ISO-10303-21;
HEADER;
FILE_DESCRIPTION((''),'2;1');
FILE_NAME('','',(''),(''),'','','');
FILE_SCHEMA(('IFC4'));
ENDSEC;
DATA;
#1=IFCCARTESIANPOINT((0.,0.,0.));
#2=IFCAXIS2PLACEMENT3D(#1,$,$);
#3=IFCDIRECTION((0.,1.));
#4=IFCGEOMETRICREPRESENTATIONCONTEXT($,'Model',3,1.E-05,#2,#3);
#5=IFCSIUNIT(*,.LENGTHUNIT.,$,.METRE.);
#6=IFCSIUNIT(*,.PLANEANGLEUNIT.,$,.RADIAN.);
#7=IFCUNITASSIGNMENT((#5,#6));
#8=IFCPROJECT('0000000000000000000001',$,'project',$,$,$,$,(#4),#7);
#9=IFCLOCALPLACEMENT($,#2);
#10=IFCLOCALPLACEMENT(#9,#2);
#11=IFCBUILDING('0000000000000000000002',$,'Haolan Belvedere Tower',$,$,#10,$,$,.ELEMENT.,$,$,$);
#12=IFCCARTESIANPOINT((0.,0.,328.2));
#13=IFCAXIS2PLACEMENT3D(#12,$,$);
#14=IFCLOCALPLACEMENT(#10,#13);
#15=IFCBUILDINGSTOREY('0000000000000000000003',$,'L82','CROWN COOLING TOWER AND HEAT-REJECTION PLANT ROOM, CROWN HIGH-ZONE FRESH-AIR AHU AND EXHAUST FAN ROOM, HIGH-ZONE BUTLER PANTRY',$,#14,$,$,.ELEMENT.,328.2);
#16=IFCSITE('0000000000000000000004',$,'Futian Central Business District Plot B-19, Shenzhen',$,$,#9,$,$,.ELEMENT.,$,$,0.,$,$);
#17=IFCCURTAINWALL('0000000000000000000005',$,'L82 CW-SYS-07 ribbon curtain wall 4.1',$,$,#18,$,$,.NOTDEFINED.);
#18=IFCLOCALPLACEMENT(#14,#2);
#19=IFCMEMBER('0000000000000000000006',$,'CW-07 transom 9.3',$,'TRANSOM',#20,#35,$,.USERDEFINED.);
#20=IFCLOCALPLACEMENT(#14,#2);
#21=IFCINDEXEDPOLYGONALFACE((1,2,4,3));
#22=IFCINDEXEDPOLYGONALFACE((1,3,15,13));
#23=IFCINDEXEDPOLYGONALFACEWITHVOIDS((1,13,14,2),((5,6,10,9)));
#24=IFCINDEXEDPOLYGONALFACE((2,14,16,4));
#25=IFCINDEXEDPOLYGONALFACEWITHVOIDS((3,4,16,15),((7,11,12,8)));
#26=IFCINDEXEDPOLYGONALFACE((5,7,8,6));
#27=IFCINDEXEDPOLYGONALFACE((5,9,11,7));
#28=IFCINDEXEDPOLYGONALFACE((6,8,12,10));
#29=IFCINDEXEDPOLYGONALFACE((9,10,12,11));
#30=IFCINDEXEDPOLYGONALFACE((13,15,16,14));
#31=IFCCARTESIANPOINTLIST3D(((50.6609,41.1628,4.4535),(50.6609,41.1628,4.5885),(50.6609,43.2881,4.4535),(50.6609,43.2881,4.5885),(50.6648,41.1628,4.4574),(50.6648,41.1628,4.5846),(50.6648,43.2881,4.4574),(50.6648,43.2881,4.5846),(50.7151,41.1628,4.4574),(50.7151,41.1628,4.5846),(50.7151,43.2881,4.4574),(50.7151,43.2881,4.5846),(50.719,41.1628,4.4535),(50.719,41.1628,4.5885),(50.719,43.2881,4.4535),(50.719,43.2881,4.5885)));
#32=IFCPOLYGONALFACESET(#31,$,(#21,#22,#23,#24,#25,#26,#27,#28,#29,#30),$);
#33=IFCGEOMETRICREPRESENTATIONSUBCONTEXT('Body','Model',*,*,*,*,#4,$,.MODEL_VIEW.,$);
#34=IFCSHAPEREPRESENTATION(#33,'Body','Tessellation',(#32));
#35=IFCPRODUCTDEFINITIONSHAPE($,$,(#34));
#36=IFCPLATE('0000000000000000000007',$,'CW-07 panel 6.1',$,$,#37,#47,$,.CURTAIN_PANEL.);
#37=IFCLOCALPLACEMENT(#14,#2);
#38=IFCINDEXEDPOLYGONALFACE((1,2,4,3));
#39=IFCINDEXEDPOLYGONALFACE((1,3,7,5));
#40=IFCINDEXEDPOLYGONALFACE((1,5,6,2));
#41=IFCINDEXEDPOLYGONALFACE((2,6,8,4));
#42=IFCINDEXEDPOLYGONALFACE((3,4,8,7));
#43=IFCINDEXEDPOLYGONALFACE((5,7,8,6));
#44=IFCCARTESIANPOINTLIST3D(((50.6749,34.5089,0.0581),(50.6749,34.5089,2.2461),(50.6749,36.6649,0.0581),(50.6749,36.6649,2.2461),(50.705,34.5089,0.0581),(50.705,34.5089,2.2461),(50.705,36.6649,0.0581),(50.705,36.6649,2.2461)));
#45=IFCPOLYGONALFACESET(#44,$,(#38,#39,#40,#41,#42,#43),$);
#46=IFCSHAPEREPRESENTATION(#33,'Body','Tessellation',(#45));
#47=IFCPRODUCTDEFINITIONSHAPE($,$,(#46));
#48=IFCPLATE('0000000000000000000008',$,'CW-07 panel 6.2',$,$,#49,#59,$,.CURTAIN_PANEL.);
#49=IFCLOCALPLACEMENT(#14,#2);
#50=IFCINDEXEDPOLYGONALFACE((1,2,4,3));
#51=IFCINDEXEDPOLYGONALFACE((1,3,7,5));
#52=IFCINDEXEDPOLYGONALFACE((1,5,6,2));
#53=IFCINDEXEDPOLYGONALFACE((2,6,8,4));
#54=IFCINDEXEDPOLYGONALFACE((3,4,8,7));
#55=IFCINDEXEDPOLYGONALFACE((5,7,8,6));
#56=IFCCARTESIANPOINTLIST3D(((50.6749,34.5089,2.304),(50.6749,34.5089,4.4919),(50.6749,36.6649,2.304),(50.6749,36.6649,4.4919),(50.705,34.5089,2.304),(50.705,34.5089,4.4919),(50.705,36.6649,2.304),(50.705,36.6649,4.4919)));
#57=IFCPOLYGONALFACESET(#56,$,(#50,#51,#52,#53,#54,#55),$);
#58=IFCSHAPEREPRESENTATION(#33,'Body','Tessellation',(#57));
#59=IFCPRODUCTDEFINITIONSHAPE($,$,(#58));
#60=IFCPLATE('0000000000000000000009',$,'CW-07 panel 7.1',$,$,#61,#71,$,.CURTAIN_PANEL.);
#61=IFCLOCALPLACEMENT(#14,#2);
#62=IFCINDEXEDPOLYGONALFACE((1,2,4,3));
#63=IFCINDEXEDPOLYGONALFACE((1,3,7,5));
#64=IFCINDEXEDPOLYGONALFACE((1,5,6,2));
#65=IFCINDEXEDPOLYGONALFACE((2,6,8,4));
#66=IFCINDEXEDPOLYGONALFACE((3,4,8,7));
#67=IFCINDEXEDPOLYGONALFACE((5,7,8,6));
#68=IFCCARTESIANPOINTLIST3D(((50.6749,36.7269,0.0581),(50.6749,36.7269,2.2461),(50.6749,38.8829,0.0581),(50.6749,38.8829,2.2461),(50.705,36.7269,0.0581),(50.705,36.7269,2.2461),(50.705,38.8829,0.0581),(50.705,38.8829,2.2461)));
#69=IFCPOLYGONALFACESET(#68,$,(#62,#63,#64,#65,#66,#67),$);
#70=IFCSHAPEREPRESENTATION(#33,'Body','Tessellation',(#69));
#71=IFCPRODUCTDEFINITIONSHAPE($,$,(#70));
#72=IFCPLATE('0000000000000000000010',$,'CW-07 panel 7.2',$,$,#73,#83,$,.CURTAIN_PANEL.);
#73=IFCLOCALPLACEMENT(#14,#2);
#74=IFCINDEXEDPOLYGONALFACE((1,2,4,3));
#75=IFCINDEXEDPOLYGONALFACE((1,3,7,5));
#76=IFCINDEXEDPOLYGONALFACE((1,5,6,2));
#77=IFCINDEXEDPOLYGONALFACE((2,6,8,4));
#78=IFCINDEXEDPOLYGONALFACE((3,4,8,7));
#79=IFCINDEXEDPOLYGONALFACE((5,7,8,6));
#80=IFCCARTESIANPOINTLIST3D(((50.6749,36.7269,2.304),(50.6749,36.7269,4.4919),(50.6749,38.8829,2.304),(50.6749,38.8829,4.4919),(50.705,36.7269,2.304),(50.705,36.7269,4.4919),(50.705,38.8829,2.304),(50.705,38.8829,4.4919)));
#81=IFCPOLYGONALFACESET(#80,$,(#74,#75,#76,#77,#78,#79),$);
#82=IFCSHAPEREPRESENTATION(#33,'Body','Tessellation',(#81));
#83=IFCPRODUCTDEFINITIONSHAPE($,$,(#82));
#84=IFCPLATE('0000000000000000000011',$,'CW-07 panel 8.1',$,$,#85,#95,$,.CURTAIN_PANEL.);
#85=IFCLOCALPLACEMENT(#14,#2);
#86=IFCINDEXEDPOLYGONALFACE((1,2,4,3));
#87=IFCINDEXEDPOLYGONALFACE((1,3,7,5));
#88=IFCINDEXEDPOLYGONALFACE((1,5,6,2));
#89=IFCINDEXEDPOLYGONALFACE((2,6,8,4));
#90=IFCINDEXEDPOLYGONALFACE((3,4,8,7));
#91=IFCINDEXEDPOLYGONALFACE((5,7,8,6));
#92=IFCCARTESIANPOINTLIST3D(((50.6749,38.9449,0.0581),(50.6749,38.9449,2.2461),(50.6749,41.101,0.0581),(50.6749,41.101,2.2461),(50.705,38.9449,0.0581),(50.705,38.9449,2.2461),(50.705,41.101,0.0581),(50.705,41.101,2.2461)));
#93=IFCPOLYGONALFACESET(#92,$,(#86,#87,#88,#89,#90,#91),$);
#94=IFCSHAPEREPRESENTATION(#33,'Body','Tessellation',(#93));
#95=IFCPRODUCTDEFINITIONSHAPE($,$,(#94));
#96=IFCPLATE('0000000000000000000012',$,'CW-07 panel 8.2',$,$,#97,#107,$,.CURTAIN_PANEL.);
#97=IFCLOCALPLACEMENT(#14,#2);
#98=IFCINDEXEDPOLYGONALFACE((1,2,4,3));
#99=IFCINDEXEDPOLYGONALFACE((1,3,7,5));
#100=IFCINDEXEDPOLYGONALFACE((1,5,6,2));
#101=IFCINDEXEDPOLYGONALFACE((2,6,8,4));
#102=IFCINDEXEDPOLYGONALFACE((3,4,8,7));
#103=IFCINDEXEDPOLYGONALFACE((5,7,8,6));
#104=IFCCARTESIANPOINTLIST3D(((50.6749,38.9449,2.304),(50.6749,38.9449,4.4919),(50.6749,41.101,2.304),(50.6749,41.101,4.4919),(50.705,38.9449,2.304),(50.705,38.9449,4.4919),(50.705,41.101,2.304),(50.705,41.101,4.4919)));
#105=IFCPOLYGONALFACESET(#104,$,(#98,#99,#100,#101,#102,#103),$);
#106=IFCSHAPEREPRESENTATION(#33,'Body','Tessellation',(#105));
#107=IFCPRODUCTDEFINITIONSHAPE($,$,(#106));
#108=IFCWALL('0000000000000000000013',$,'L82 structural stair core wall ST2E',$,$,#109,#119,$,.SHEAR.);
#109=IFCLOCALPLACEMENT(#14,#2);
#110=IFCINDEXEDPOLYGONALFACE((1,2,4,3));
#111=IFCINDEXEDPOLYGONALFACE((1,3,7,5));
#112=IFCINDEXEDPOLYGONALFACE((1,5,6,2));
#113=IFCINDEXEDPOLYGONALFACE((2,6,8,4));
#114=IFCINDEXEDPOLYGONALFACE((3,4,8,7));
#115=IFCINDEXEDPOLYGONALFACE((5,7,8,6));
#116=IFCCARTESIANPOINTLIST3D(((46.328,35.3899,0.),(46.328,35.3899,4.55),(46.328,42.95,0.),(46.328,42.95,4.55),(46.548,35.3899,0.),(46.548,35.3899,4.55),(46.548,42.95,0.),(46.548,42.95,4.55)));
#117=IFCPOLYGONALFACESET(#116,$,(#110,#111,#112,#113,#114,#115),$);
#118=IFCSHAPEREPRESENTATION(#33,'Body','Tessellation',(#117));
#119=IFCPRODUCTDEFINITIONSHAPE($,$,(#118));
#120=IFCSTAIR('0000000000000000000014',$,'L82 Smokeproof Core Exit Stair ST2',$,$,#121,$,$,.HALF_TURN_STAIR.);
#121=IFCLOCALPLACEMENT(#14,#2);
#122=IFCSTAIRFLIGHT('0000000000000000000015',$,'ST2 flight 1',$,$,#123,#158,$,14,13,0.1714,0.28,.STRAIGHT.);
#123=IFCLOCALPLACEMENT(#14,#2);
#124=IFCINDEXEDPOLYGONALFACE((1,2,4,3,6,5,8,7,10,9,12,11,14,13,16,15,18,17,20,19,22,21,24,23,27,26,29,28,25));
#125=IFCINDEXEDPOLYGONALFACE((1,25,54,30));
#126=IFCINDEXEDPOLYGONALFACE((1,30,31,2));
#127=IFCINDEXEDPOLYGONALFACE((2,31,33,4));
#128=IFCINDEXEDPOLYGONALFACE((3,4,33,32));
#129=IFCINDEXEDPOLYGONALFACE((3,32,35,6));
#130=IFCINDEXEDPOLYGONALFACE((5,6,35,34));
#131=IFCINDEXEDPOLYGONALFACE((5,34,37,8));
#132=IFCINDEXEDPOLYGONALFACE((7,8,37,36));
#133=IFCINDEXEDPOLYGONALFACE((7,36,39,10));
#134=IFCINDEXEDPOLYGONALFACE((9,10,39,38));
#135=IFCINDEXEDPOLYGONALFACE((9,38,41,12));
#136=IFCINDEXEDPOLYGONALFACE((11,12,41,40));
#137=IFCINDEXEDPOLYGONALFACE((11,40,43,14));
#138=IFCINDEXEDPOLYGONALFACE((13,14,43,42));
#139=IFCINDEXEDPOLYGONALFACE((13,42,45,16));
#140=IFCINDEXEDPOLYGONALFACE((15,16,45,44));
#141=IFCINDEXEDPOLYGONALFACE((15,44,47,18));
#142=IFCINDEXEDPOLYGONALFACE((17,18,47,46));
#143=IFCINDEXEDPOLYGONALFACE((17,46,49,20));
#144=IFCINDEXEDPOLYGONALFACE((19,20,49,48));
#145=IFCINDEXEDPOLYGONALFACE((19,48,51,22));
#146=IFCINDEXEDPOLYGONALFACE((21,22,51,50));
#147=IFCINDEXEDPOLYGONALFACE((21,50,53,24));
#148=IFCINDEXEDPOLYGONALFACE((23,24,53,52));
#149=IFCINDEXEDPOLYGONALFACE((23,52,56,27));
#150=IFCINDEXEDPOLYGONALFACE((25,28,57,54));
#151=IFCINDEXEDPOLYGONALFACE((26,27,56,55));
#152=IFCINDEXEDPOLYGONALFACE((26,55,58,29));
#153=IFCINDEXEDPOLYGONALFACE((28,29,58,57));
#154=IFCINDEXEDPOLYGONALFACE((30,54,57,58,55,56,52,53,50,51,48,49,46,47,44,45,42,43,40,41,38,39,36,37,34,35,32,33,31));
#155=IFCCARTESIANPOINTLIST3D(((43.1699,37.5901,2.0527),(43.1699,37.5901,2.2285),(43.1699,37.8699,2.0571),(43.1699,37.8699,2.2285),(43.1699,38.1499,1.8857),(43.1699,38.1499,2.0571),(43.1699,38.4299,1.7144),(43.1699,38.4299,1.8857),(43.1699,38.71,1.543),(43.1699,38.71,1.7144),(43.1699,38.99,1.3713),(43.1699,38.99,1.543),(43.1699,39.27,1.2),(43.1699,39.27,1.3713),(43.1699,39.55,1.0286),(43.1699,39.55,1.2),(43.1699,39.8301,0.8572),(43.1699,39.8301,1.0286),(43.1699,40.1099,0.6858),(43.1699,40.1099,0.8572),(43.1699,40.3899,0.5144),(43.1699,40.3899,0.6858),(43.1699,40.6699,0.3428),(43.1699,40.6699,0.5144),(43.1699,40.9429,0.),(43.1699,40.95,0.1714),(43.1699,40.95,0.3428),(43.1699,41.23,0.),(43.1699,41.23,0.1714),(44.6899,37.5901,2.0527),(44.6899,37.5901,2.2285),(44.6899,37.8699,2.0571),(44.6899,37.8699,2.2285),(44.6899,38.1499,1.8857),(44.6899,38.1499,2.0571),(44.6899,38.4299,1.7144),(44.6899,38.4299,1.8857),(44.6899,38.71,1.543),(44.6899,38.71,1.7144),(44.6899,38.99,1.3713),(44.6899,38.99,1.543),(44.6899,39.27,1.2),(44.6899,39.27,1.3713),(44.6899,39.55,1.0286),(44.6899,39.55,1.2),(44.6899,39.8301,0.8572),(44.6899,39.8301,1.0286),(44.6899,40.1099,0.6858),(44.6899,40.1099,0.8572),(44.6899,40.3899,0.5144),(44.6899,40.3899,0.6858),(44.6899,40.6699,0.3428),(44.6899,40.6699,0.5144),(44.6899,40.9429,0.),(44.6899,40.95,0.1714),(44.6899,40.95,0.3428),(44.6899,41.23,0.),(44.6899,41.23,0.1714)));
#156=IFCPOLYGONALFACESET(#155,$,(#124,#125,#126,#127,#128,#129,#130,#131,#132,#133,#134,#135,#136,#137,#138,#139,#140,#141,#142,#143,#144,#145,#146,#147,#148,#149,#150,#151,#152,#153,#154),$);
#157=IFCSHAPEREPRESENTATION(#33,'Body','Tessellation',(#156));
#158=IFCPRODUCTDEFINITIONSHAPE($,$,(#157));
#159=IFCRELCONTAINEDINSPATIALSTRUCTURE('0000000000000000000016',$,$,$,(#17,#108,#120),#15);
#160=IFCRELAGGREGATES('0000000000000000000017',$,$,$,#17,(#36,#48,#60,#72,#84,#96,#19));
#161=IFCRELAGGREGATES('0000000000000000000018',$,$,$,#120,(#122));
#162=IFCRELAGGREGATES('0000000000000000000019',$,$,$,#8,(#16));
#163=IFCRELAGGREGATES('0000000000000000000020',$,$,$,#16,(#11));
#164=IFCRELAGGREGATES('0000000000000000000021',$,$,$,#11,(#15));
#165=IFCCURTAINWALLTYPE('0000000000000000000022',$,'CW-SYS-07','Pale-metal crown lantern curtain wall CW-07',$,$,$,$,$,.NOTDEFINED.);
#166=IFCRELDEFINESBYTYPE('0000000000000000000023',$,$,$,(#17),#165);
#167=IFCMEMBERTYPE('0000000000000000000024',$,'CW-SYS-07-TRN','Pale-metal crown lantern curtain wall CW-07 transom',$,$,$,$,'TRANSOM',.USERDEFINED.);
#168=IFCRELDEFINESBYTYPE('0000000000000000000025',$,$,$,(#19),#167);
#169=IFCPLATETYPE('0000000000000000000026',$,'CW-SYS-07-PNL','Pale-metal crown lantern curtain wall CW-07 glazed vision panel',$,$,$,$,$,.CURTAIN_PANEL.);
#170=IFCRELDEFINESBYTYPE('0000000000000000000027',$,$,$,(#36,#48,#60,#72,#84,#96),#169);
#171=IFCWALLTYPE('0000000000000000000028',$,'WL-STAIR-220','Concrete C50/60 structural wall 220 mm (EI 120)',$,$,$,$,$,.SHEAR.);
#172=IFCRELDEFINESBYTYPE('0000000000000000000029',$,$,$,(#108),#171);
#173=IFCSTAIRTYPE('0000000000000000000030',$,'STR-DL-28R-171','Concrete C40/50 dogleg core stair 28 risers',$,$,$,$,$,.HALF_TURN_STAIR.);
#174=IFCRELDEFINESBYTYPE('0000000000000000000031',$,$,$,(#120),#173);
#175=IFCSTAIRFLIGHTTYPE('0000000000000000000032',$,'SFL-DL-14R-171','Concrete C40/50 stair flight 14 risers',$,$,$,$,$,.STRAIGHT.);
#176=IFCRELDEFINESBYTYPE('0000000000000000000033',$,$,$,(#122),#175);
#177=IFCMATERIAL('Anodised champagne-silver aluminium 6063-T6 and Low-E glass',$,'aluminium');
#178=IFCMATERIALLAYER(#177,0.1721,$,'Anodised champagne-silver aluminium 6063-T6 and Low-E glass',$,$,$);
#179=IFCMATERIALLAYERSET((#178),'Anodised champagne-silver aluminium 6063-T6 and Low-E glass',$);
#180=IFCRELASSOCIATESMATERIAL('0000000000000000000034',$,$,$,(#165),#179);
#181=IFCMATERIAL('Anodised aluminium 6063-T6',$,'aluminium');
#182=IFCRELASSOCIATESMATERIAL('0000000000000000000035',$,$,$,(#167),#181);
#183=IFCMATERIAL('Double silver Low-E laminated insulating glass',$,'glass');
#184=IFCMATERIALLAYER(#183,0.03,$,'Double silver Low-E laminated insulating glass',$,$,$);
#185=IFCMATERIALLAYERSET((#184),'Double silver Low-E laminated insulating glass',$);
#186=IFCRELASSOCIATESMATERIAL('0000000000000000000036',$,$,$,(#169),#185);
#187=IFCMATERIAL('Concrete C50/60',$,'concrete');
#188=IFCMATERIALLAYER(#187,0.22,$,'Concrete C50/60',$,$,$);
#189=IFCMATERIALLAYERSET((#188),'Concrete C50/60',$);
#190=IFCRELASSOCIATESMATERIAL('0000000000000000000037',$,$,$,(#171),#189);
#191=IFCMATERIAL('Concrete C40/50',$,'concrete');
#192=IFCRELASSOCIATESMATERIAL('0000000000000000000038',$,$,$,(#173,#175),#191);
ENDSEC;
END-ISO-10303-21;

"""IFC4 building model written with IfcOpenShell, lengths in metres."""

from ifc_helpers import new_model, si_unit, direction, frame, frame_2d, origin, origin_2d, place, context, subcontext, project, spatial, polyline, rectangle, hollow_rectangle, outline, extrude, material, layer, layer_set, material_profile, profile_set, type_object, element, aggregate, save


model = new_model("IFC4")

# Units and contexts
model_context = context("Model", 3, precision=1e-05, world=origin(), true_north=direction((0.0, 1.0)))
body_context = subcontext(model_context, "Body", "Model", "MODEL_VIEW")
ifc_project = project(units=[si_unit("LENGTHUNIT", "METRE"), si_unit("PLANEANGLEUNIT", "RADIAN")], contexts=[model_context])

# Site, building, storey
site_placement = place(None, origin())
site = spatial("IfcSite", under=ifc_project, at=site_placement, Name="Futian Central Business District Plot B-19, Shenzhen", CompositionType="ELEMENT", RefElevation=0.0)
building_placement = place(site_placement, origin())
building = spatial("IfcBuilding", under=site, at=building_placement, Name="Haolan Belvedere Tower", CompositionType="ELEMENT")
storey_placement = place(building_placement, frame((0.0, 0.0, 328.2)))
storey = spatial("IfcBuildingStorey", under=building, at=storey_placement, Name="L82", Description="CROWN COOLING TOWER AND HEAT-REJECTION PLANT ROOM, CROWN HIGH-ZONE FRESH-AIR AHU AND EXHAUST FAN ROOM, HIGH-ZONE BUTLER PANTRY", CompositionType="ELEMENT", Elevation=328.2)

# Curtain wall, member, plates
ifc_material_1 = material(Name="Anodised champagne-silver aluminium 6063-T6 and Low-E glass", Category="aluminium")
ifc_layer_1 = layer(ifc_material_1, 0.1721, Name="Anodised champagne-silver aluminium 6063-T6 and Low-E glass")
ifc_layer_set_1 = layer_set([ifc_layer_1], Name="Anodised champagne-silver aluminium 6063-T6 and Low-E glass")
curtain_wall_type = type_object("IfcCurtainWallType", Name="CW-SYS-07", Description="Pale-metal crown lantern curtain wall CW-07", PredefinedType="NOTDEFINED", material=ifc_layer_set_1)
curtain_wall_placement = place(storey_placement, origin())
curtain_wall = element("IfcCurtainWall", 1, at=curtain_wall_placement, inside=storey, type_object=curtain_wall_type, Name="L82 CW-SYS-07 ribbon curtain wall 4.1", PredefinedType="NOTDEFINED")
ifc_material_2 = material(Name="Anodised aluminium 6063-T6", Category="aluminium")
ifc_material_profile_1 = material_profile(ifc_material_2, hollow_rectangle(XDim=0.0581, YDim=0.135, WallThickness=0.0039, at=origin_2d()), Name="Anodised aluminium 6063-T6")
ifc_profile_set_1 = profile_set([ifc_material_profile_1], Name="Anodised aluminium 6063-T6")
member_type_1 = type_object("IfcMemberType", Name="CW-SYS-07-TRN", Description="Pale-metal crown lantern curtain wall CW-07 transom", ElementType="TRANSOM", PredefinedType="USERDEFINED", material=ifc_profile_set_1)
member_1_placement = place(storey_placement, frame((50.6899, 41.1628, 4.521), z_axis=(0.0, 1.0, 0.0), x_axis=(-1.0, 0.0, 0.0)))
member_1 = element("IfcMember", 2, at=member_1_placement, type_object=member_type_1, Name="CW-07 transom 9.3", ObjectType="TRANSOM", PredefinedType="USERDEFINED", context=body_context, shape_type="SweptSolid", body=[
    extrude(hollow_rectangle(XDim=0.0581, YDim=0.135, WallThickness=0.0039, at=origin_2d()), origin(), (0.0, 0.0, 1.0), 2.1252),
])
ifc_material_3 = material(Name="Double silver Low-E laminated insulating glass", Category="glass")
ifc_layer_2 = layer(ifc_material_3, 0.03, Name="Double silver Low-E laminated insulating glass")
ifc_layer_set_2 = layer_set([ifc_layer_2], Name="Double silver Low-E laminated insulating glass")
plate_type = type_object("IfcPlateType", Name="CW-SYS-07-PNL", Description="Pale-metal crown lantern curtain wall CW-07 glazed vision panel", PredefinedType="CURTAIN_PANEL", material=ifc_layer_set_2)
plate_1_placement = place(storey_placement, frame((50.6899, 35.5869, 0.0581), z_axis=(0.0, 0.0, 1.0), x_axis=(0.0, 1.0, 0.0)))
plate_1 = element("IfcPlate", 3, at=plate_1_placement, type_object=plate_type, Name="CW-07 panel 6.1", PredefinedType="CURTAIN_PANEL", context=body_context, shape_type="SweptSolid", body=[
    extrude(rectangle(XDim=2.156, YDim=0.03, at=origin_2d()), origin(), (0.0, 0.0, 1.0), 2.188),
])
plate_2_placement = place(storey_placement, frame((50.6899, 35.5869, 2.304), z_axis=(0.0, 0.0, 1.0), x_axis=(0.0, 1.0, 0.0)))
plate_2 = element("IfcPlate", 4, at=plate_2_placement, type_object=plate_type, Name="CW-07 panel 6.2", PredefinedType="CURTAIN_PANEL", context=body_context, shape_type="SweptSolid", body=[
    extrude(rectangle(XDim=2.156, YDim=0.03, at=origin_2d()), origin(), (0.0, 0.0, 1.0), 2.188),
])
plate_3_placement = place(storey_placement, frame((50.6899, 37.8049, 0.0581), z_axis=(0.0, 0.0, 1.0), x_axis=(0.0, 1.0, 0.0)))
plate_3 = element("IfcPlate", 5, at=plate_3_placement, type_object=plate_type, Name="CW-07 panel 7.1", PredefinedType="CURTAIN_PANEL", context=body_context, shape_type="SweptSolid", body=[
    extrude(rectangle(XDim=2.156, YDim=0.03, at=origin_2d()), origin(), (0.0, 0.0, 1.0), 2.188),
])
plate_4_placement = place(storey_placement, frame((50.6899, 37.8049, 2.304), z_axis=(0.0, 0.0, 1.0), x_axis=(0.0, 1.0, 0.0)))
plate_4 = element("IfcPlate", 6, at=plate_4_placement, type_object=plate_type, Name="CW-07 panel 7.2", PredefinedType="CURTAIN_PANEL", context=body_context, shape_type="SweptSolid", body=[
    extrude(rectangle(XDim=2.156, YDim=0.03, at=origin_2d()), origin(), (0.0, 0.0, 1.0), 2.188),
])
plate_5_placement = place(storey_placement, frame((50.6899, 40.0229, 0.0581), z_axis=(0.0, 0.0, 1.0), x_axis=(0.0, 1.0, 0.0)))
plate_5 = element("IfcPlate", 7, at=plate_5_placement, type_object=plate_type, Name="CW-07 panel 8.1", PredefinedType="CURTAIN_PANEL", context=body_context, shape_type="SweptSolid", body=[
    extrude(rectangle(XDim=2.156, YDim=0.03, at=origin_2d()), origin(), (0.0, 0.0, 1.0), 2.188),
])
plate_6_placement = place(storey_placement, frame((50.6899, 40.0229, 2.304), z_axis=(0.0, 0.0, 1.0), x_axis=(0.0, 1.0, 0.0)))
plate_6 = element("IfcPlate", 8, at=plate_6_placement, type_object=plate_type, Name="CW-07 panel 8.2", PredefinedType="CURTAIN_PANEL", context=body_context, shape_type="SweptSolid", body=[
    extrude(rectangle(XDim=2.156, YDim=0.03, at=origin_2d()), origin(), (0.0, 0.0, 1.0), 2.188),
])
aggregate(curtain_wall, [plate_1, plate_2, plate_3, plate_4, plate_5, plate_6, member_1])

# Wall
ifc_material_4 = material(Name="Concrete C50/60", Category="concrete")
ifc_layer_3 = layer(ifc_material_4, 0.22, Name="Concrete C50/60")
ifc_layer_set_3 = layer_set([ifc_layer_3], Name="Concrete C50/60")
wall_type = type_object("IfcWallType", Name="WL-STAIR-220", Description="Concrete C50/60 structural wall 220 mm (EI 120)", PredefinedType="SHEAR", material=ifc_layer_set_3)
wall_placement = place(storey_placement, frame((46.438, 35.3899, 0.0), z_axis=(0.0, 0.0, 1.0), x_axis=(0.0, 1.0, 0.0)))
element("IfcWall", 9, at=wall_placement, inside=storey, type_object=wall_type, Name="L82 structural stair core wall ST2E", PredefinedType="SHEAR", context=body_context, shape_type="SweptSolid", body=[
    extrude(rectangle(XDim=7.5601, YDim=0.22, at=frame_2d((3.78, 0.0))), origin(), (0.0, 0.0, 1.0), 4.55),
])

# Stair, stair flight
ifc_material_5 = material(Name="Concrete C40/50", Category="concrete")
stair_type = type_object("IfcStairType", Name="STR-DL-28R-171", Description="Concrete C40/50 dogleg core stair 28 risers", PredefinedType="HALF_TURN_STAIR", material=ifc_material_5)
stair_placement = place(storey_placement, origin())
stair = element("IfcStair", 10, at=stair_placement, inside=storey, type_object=stair_type, Name="L82 Smokeproof Core Exit Stair ST2", PredefinedType="HALF_TURN_STAIR")
stair_flight_type = type_object("IfcStairFlightType", Name="SFL-DL-14R-171", Description="Concrete C40/50 stair flight 14 risers", PredefinedType="STRAIGHT", material=ifc_material_5)
stair_flight_1_placement = place(storey_placement, frame((43.9299, 41.23, 0.0), z_axis=(0.0, 0.0, 1.0), x_axis=(0.0, -1.0, 0.0)))
stair_flight_1 = element("IfcStairFlight", 11, at=stair_flight_1_placement, type_object=stair_flight_type, Name="ST2 flight 1", NumberOfRisers=14, NumberOfTreads=13, PredefinedType="STRAIGHT", RiserHeight=0.1714, TreadLength=0.28, context=body_context, shape_type="SweptSolid", body=[
    extrude(outline(polyline([(0.0, 0.0), (0.0, 0.1714), (0.28, 0.1714), (0.28, 0.3428), (0.5601, 0.3428), (0.5601, 0.5144), (0.8401, 0.5144), (0.8401, 0.6858), (1.1201, 0.6858), (1.1201, 0.8572), (1.3999, 0.8572), (1.3999, 1.0286), (1.6799, 1.0286), (1.6799, 1.2), (1.96, 1.2), (1.96, 1.3713), (2.24, 1.3713), (2.24, 1.543), (2.52, 1.543), (2.52, 1.7144), (2.8, 1.7144), (2.8, 1.8857), (3.0801, 1.8857), (3.0801, 2.0571), (3.3601, 2.0571), (3.3601, 2.2285), (3.6399, 2.2285), (3.6399, 2.3999), (3.6399, 2.0527), (0.2871, 0.0), (0.0, 0.0)])), frame((0.0, 0.76, 0.0), z_axis=(0.0, -1.0, 0.0), x_axis=(1.0, 0.0, 0.0)), (0.0, 0.0, 1.0), 1.52),
])
aggregate(stair, [stair_flight_1])

save(model, "model.ifc")
